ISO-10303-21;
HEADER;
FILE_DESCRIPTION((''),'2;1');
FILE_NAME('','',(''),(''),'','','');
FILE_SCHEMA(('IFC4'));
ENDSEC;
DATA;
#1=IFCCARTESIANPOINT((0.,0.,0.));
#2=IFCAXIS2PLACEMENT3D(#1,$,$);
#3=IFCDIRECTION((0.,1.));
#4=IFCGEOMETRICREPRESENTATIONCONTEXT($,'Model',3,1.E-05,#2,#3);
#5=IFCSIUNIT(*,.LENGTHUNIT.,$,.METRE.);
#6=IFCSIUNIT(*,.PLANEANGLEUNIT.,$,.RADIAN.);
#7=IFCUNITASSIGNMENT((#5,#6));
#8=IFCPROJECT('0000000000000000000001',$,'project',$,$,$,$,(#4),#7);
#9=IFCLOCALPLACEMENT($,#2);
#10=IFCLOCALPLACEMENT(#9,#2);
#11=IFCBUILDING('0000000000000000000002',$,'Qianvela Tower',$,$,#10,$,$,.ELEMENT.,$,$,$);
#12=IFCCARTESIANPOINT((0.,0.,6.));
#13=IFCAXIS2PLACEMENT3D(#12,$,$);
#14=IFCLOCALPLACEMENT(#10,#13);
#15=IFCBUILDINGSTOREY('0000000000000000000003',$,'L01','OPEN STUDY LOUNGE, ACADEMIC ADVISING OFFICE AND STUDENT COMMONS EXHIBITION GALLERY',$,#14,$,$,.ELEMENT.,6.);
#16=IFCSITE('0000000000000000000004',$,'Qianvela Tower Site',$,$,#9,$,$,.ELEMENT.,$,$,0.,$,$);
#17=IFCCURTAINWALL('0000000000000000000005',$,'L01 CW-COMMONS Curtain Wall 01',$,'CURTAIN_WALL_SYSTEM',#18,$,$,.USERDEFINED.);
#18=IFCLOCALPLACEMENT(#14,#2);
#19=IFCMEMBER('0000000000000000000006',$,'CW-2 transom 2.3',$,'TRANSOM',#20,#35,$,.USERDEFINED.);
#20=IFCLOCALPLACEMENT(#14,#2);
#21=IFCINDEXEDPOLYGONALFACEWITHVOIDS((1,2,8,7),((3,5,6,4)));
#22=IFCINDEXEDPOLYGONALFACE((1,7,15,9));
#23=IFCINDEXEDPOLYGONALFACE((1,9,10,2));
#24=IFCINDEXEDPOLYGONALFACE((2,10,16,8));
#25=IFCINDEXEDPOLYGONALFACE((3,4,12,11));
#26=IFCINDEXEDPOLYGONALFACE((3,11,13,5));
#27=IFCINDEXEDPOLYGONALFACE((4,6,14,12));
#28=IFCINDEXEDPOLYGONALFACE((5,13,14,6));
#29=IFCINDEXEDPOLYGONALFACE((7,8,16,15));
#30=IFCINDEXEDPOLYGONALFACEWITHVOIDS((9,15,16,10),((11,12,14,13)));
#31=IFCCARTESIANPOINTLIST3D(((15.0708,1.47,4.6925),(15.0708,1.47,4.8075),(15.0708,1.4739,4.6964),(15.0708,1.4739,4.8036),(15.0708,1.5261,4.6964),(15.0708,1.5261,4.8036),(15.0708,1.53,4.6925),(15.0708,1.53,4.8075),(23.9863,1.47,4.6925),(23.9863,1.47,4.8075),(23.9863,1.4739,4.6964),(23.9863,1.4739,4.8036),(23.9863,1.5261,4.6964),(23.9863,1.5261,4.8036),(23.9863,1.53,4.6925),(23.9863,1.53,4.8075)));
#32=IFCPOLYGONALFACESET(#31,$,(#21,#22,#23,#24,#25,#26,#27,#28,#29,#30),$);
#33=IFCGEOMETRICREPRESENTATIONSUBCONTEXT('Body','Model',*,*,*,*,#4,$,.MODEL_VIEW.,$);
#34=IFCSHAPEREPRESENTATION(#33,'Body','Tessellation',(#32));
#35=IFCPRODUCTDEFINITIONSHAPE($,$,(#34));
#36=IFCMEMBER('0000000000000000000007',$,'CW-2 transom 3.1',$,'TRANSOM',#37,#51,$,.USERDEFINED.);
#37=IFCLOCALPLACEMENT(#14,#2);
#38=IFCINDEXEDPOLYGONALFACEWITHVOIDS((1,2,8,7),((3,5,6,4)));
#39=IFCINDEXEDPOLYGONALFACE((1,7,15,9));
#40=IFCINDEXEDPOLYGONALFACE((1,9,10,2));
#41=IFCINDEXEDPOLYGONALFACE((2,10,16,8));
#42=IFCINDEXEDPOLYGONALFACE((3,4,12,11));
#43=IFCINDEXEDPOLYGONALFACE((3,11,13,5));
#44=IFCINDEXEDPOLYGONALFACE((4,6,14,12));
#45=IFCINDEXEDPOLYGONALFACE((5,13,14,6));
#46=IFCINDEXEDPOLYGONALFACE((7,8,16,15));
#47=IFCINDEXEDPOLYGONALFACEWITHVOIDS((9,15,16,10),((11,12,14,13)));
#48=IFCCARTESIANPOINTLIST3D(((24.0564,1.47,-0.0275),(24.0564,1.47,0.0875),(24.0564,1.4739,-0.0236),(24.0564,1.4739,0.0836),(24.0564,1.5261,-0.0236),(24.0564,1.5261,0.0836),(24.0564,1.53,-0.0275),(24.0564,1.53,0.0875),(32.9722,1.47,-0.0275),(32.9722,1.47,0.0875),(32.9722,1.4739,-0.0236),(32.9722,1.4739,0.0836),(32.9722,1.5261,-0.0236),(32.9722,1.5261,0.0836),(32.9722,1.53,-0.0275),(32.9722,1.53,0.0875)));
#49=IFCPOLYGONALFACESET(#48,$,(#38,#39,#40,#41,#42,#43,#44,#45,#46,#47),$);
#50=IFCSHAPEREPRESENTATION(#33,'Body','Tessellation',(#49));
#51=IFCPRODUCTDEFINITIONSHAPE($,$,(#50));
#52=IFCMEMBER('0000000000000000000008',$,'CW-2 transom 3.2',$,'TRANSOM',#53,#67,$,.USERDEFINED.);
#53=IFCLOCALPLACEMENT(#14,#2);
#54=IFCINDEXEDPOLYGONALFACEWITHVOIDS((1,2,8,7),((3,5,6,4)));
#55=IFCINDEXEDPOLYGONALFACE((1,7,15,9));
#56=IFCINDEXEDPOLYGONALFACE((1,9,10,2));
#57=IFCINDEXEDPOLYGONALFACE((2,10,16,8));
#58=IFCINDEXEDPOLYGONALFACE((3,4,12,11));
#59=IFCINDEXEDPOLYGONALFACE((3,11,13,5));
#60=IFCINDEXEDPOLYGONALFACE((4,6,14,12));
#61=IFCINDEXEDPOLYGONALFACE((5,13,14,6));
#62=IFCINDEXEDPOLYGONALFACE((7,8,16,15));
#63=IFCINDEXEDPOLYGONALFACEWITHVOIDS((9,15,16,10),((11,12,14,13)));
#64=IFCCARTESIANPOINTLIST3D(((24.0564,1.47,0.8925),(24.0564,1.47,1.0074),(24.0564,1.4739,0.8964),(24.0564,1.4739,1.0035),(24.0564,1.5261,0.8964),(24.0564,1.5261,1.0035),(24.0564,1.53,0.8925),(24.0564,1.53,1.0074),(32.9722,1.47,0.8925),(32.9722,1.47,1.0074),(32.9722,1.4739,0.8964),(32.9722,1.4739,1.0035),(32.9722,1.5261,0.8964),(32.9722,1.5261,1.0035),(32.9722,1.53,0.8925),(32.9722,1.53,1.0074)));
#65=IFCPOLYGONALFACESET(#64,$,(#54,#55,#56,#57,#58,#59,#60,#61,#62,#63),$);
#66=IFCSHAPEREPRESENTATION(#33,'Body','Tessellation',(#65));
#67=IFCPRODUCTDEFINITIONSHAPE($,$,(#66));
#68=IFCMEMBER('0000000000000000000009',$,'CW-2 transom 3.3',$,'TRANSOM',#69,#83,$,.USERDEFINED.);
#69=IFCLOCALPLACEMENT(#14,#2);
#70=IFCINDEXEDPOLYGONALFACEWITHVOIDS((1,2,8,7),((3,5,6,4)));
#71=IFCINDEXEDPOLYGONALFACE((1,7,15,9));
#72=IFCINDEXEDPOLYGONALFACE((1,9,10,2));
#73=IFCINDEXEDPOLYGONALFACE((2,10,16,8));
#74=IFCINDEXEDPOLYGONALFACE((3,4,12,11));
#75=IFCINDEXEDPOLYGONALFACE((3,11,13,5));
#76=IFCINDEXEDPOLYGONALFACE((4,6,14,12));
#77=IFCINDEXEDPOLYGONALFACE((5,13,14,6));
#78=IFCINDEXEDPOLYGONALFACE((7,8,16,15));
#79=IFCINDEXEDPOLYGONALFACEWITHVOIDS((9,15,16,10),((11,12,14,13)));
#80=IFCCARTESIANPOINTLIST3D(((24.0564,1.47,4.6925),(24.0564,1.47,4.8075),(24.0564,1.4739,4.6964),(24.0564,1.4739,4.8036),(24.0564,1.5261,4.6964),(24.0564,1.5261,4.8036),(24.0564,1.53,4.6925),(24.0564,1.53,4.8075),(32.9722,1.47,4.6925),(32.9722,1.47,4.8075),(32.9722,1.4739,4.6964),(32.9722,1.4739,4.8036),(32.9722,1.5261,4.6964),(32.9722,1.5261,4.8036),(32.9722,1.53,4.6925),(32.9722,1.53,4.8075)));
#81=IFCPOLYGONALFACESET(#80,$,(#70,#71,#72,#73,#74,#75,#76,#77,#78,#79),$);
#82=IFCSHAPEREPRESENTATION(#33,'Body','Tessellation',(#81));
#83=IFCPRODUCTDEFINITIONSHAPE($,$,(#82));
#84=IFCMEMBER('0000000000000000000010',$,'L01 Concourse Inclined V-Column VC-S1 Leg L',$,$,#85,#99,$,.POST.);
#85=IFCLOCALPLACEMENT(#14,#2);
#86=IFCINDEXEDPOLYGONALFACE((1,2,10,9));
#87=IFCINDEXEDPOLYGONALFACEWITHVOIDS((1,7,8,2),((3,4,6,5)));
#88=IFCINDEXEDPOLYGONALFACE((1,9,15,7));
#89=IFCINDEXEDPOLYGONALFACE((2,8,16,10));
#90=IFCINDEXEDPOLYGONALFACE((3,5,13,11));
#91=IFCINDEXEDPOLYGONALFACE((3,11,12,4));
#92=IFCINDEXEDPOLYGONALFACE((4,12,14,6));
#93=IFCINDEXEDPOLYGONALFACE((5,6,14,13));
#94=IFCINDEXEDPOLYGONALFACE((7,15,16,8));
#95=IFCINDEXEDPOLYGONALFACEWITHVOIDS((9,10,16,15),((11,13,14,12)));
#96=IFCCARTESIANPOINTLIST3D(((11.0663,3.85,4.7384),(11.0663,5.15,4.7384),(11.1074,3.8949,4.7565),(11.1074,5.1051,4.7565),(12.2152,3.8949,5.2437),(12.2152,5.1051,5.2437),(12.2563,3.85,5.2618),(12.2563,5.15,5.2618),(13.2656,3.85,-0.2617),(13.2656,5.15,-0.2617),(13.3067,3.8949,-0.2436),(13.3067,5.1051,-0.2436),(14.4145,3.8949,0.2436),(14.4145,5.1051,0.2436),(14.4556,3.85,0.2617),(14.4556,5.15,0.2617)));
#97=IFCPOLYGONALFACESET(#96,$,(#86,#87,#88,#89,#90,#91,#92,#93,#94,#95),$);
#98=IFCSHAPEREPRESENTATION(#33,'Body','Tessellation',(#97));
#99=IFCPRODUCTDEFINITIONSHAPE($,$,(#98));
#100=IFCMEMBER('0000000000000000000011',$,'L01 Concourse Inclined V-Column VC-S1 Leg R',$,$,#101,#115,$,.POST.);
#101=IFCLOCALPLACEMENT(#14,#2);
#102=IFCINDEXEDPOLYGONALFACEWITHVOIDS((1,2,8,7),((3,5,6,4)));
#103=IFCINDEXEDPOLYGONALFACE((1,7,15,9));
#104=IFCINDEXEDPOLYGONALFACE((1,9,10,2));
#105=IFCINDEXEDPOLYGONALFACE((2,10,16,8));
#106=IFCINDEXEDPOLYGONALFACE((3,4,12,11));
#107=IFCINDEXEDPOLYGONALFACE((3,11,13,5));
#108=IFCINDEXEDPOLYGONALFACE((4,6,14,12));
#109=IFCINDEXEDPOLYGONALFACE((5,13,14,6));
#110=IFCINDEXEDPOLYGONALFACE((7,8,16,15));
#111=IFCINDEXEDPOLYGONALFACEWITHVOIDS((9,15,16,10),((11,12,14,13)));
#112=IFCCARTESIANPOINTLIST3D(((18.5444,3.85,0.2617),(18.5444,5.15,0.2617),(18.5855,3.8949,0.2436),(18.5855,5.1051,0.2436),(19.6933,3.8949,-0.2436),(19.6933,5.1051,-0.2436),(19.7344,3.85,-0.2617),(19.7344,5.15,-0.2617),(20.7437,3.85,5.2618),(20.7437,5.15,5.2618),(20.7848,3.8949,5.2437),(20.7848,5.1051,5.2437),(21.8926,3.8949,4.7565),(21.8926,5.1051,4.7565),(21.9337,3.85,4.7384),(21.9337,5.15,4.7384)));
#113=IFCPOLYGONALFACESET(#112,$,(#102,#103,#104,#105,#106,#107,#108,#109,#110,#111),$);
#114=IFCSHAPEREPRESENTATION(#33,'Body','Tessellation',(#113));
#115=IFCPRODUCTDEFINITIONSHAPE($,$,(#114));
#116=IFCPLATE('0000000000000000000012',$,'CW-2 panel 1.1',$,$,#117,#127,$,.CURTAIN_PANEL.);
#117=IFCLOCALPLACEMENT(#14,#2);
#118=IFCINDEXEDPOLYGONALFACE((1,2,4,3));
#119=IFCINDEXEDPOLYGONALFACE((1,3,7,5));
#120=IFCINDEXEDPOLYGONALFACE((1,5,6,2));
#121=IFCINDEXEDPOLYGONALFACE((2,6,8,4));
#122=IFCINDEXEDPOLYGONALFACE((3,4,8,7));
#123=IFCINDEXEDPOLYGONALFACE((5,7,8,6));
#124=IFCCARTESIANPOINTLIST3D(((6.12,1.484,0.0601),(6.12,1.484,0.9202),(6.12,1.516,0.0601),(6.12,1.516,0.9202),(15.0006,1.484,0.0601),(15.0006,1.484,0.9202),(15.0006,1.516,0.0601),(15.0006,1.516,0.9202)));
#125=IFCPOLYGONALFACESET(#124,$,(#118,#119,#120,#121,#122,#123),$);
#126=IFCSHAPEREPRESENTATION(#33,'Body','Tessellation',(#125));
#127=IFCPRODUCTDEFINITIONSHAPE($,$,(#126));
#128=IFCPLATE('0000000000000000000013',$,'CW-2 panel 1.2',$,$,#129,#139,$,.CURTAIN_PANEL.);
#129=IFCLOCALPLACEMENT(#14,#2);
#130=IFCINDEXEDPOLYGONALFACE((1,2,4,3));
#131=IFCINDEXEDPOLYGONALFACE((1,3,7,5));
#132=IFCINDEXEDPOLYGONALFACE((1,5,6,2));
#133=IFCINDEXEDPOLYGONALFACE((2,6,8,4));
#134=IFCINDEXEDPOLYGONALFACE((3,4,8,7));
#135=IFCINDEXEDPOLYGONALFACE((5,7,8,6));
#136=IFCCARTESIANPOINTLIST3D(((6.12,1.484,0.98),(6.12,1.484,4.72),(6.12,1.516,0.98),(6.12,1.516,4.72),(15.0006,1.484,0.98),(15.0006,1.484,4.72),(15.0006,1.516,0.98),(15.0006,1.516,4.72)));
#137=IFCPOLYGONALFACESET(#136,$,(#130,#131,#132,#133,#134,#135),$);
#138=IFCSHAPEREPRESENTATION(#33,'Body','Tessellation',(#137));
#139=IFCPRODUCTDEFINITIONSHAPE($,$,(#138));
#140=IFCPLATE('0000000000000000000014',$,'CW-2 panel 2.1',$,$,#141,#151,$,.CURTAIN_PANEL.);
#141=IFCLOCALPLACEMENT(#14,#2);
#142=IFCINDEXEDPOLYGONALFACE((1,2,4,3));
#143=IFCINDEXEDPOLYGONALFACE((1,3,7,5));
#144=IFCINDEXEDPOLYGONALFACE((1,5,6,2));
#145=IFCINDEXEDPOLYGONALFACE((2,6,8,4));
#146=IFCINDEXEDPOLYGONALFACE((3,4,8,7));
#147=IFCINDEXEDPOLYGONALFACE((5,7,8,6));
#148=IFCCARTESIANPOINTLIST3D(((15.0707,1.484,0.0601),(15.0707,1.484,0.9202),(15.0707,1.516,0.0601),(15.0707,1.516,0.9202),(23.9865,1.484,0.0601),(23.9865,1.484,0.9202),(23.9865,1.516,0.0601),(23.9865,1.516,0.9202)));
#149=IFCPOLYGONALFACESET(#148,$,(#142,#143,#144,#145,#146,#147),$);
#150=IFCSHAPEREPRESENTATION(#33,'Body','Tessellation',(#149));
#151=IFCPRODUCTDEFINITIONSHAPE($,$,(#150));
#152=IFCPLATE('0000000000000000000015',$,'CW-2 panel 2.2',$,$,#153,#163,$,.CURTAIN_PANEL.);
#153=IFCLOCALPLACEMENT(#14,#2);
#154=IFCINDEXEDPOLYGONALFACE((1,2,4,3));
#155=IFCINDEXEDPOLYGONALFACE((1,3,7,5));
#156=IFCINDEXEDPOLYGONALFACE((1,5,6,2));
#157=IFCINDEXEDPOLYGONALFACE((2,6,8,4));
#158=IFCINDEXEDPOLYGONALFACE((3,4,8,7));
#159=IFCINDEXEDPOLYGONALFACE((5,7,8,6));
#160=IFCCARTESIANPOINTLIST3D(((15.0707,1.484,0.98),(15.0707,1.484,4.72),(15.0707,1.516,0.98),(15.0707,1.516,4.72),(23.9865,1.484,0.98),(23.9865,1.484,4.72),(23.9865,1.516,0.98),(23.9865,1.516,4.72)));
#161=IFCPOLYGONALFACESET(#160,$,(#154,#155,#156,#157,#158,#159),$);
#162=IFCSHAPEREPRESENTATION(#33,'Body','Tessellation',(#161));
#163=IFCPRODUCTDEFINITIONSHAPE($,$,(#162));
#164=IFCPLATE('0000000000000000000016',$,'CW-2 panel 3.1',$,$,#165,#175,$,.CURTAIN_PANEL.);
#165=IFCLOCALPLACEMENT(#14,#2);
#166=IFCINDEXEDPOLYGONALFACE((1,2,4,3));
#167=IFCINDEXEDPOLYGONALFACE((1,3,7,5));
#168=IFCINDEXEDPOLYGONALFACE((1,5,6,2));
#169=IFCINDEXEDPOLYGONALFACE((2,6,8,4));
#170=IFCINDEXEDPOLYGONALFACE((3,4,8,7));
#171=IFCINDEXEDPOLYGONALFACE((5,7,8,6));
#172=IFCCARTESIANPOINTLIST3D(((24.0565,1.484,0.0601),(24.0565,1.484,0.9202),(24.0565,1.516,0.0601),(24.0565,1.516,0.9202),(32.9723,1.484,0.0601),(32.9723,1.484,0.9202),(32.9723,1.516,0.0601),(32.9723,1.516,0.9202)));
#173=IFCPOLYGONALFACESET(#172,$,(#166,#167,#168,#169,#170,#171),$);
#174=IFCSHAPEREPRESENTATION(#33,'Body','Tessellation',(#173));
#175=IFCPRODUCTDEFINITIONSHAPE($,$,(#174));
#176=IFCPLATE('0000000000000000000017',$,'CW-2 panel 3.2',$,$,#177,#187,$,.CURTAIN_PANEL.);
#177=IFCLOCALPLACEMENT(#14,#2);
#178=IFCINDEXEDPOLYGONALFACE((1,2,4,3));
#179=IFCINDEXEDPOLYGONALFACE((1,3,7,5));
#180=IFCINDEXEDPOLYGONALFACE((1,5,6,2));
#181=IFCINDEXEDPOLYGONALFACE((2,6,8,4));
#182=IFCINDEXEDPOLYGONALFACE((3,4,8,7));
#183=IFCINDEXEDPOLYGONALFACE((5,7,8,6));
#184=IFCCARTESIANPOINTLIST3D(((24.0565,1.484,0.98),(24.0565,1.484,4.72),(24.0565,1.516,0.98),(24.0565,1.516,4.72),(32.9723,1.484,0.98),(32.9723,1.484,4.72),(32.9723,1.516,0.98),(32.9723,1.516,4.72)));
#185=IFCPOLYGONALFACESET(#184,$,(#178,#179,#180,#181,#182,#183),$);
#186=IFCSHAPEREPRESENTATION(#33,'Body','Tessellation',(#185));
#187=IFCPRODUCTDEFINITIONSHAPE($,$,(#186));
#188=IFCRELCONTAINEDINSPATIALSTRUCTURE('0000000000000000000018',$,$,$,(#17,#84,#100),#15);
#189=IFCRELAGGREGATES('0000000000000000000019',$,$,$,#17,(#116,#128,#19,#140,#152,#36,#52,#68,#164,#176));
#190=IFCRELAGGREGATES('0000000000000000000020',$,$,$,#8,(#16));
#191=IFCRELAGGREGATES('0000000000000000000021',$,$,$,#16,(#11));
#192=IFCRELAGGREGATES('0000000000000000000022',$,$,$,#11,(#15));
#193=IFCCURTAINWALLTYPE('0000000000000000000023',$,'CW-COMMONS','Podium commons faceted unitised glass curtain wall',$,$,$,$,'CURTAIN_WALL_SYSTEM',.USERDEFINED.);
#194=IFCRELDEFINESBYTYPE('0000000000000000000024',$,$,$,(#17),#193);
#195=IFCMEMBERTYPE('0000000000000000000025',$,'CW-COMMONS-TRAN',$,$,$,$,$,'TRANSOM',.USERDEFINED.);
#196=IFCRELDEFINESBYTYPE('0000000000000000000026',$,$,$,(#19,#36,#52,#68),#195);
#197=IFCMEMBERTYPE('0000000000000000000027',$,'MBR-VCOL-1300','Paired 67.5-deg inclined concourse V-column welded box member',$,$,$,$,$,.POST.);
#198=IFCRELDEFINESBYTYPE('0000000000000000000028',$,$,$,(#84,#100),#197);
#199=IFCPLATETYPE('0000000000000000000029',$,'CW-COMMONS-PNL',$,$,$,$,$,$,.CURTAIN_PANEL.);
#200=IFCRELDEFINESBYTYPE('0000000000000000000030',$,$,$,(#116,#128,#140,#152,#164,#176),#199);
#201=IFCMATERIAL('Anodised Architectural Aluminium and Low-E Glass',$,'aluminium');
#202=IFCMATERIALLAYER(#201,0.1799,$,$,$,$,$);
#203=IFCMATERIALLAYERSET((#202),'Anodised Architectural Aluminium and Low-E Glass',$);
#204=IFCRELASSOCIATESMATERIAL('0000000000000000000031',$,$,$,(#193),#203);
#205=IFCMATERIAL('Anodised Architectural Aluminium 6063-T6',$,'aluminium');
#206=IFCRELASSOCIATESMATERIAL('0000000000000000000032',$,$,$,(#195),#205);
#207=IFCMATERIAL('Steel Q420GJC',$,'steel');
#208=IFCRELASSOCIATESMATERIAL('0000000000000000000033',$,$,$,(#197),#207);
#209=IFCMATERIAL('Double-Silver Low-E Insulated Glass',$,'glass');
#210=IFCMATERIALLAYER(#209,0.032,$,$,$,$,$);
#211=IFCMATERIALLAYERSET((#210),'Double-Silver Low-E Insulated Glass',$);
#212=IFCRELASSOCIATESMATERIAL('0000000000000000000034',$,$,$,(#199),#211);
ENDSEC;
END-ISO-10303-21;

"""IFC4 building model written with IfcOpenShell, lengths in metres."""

from ifc_helpers import new_model, si_unit, direction, frame, origin, origin_2d, place, context, subcontext, project, spatial, rectangle, hollow_rectangle, extrude, material, layer, layer_set, material_profile, profile_set, type_object, element, aggregate, save


model = new_model("IFC4")

# Units and contexts
model_context = context("Model", 3, precision=1e-05, world=origin(), true_north=direction((0.0, 1.0)))
body_context = subcontext(model_context, "Body", "Model", "MODEL_VIEW")
ifc_project = project(units=[si_unit("LENGTHUNIT", "METRE"), si_unit("PLANEANGLEUNIT", "RADIAN")], contexts=[model_context])

# Site, building, storey
site_placement = place(None, origin())
site = spatial("IfcSite", under=ifc_project, at=site_placement, Name="Qianvela Tower Site", CompositionType="ELEMENT", RefElevation=0.0)
building_placement = place(site_placement, origin())
building = spatial("IfcBuilding", under=site, at=building_placement, Name="Qianvela Tower", CompositionType="ELEMENT")
storey_placement = place(building_placement, frame((0.0, 0.0, 6.0)))
storey = spatial("IfcBuildingStorey", under=building, at=storey_placement, Name="L01", Description="OPEN STUDY LOUNGE, ACADEMIC ADVISING OFFICE AND STUDENT COMMONS EXHIBITION GALLERY", CompositionType="ELEMENT", Elevation=6.0)

# Curtain wall, members
ifc_material_1 = material(Name="Anodised Architectural Aluminium and Low-E Glass", Category="aluminium")
ifc_layer_1 = layer(ifc_material_1, 0.1799)
ifc_layer_set_1 = layer_set([ifc_layer_1], Name="Anodised Architectural Aluminium and Low-E Glass")
curtain_wall_type = type_object("IfcCurtainWallType", Name="CW-COMMONS", Description="Podium commons faceted unitised glass curtain wall", ElementType="CURTAIN_WALL_SYSTEM", PredefinedType="USERDEFINED", material=ifc_layer_set_1)
curtain_wall_placement = place(storey_placement, origin())
curtain_wall = element("IfcCurtainWall", 1, at=curtain_wall_placement, inside=storey, type_object=curtain_wall_type, Name="L01 CW-COMMONS Curtain Wall 01", ObjectType="CURTAIN_WALL_SYSTEM", PredefinedType="USERDEFINED")
ifc_material_2 = material(Name="Anodised Architectural Aluminium 6063-T6", Category="aluminium")
ifc_material_profile_1 = material_profile(ifc_material_2, hollow_rectangle(XDim=0.0601, YDim=0.115, WallThickness=0.0039, at=origin_2d()), Name="ALU-TRAN-60x115")
ifc_profile_set_1 = profile_set([ifc_material_profile_1], Name="Anodised Architectural Aluminium 6063-T6")
member_type_1 = type_object("IfcMemberType", Name="CW-COMMONS-TRAN", ElementType="TRANSOM", PredefinedType="USERDEFINED", material=ifc_profile_set_1)
member_1_placement = place(storey_placement, frame((15.0708, 1.5, 4.75), z_axis=(1.0, 0.0, 0.0), x_axis=(0.0, 1.0, 0.0)))
member_1 = element("IfcMember", 2, at=member_1_placement, type_object=member_type_1, Name="CW-2 transom 2.3", ObjectType="TRANSOM", PredefinedType="USERDEFINED", context=body_context, shape_type="SweptSolid", body=[
    extrude(hollow_rectangle(XDim=0.0601, YDim=0.115, WallThickness=0.0039, at=origin_2d()), origin(), (0.0, 0.0, 1.0), 8.9155),
])
member_2_placement = place(storey_placement, frame((24.0564, 1.5, 0.03), z_axis=(1.0, 0.0, 0.0), x_axis=(0.0, 1.0, 0.0)))
member_2 = element("IfcMember", 3, at=member_2_placement, type_object=member_type_1, Name="CW-2 transom 3.1", ObjectType="TRANSOM", PredefinedType="USERDEFINED", context=body_context, shape_type="SweptSolid", body=[
    extrude(hollow_rectangle(XDim=0.0601, YDim=0.115, WallThickness=0.0039, at=origin_2d()), origin(), (0.0, 0.0, 1.0), 8.9158),
])
member_3_placement = place(storey_placement, frame((24.0564, 1.5, 0.95), z_axis=(1.0, 0.0, 0.0), x_axis=(0.0, 1.0, 0.0)))
member_3 = element("IfcMember", 4, at=member_3_placement, type_object=member_type_1, Name="CW-2 transom 3.2", ObjectType="TRANSOM", PredefinedType="USERDEFINED", context=body_context, shape_type="SweptSolid", body=[
    extrude(hollow_rectangle(XDim=0.0601, YDim=0.115, WallThickness=0.0039, at=origin_2d()), origin(), (0.0, 0.0, 1.0), 8.9158),
])
member_4_placement = place(storey_placement, frame((24.0564, 1.5, 4.75), z_axis=(1.0, 0.0, 0.0), x_axis=(0.0, 1.0, 0.0)))
member_4 = element("IfcMember", 5, at=member_4_placement, type_object=member_type_1, Name="CW-2 transom 3.3", ObjectType="TRANSOM", PredefinedType="USERDEFINED", context=body_context, shape_type="SweptSolid", body=[
    extrude(hollow_rectangle(XDim=0.0601, YDim=0.115, WallThickness=0.0039, at=origin_2d()), origin(), (0.0, 0.0, 1.0), 8.9158),
])

# Members
ifc_material_3 = material(Name="Steel Q420GJC", Category="steel")
ifc_material_profile_2 = material_profile(ifc_material_3, hollow_rectangle(XDim=1.3, YDim=1.3, WallThickness=0.0449, at=origin_2d()), Name="VBOX-1300x1300x45")
ifc_profile_set_2 = profile_set([ifc_material_profile_2], Name="Steel Q420GJC")
member_type_2 = type_object("IfcMemberType", Name="MBR-VCOL-1300", Description="Paired 67.5-deg inclined concourse V-column welded box member", PredefinedType="POST", material=ifc_profile_set_2)
for number, where, z_axis, x_axis, name in (
    (6, (13.8606, 4.5, 0.0), (-0.402619, 0.0, 0.915368), (0.0, -1.0, 0.0), "L01 Concourse Inclined V-Column VC-S1 Leg L"),
    (7, (19.1394, 4.5, 0.0), (0.402619, 0.0, 0.915368), (0.0, 1.0, 0.0), "L01 Concourse Inclined V-Column VC-S1 Leg R"),
):
    element("IfcMember", number, at=place(storey_placement, frame(where, z_axis=z_axis, x_axis=x_axis)), inside=storey, type_object=member_type_2, Name=name, PredefinedType="POST", context=body_context, shape_type="SweptSolid", body=[
        extrude(hollow_rectangle(XDim=1.3, YDim=1.3, WallThickness=0.0449, at=origin_2d()), origin(), (0.0, 0.0, 1.0), 5.4624),
    ])

# Plates
ifc_material_4 = material(Name="Double-Silver Low-E Insulated Glass", Category="glass")
ifc_layer_2 = layer(ifc_material_4, 0.032)
ifc_layer_set_2 = layer_set([ifc_layer_2], Name="Double-Silver Low-E Insulated Glass")
plate_type = type_object("IfcPlateType", Name="CW-COMMONS-PNL", PredefinedType="CURTAIN_PANEL", material=ifc_layer_set_2)
plate_1_placement = place(storey_placement, frame((10.5603, 1.5, 0.0601), z_axis=(0.0, 0.0, 1.0), x_axis=(1.0, 0.0, 0.0)))
plate_1 = element("IfcPlate", 8, at=plate_1_placement, type_object=plate_type, Name="CW-2 panel 1.1", PredefinedType="CURTAIN_PANEL", context=body_context, shape_type="SweptSolid", body=[
    extrude(rectangle(XDim=8.8806, YDim=0.032, at=origin_2d()), origin(), (0.0, 0.0, 1.0), 0.8601),
])
plate_2_placement = place(storey_placement, frame((10.5603, 1.5, 0.98), z_axis=(0.0, 0.0, 1.0), x_axis=(1.0, 0.0, 0.0)))
plate_2 = element("IfcPlate", 9, at=plate_2_placement, type_object=plate_type, Name="CW-2 panel 1.2", PredefinedType="CURTAIN_PANEL", context=body_context, shape_type="SweptSolid", body=[
    extrude(rectangle(XDim=8.8806, YDim=0.032, at=origin_2d()), origin(), (0.0, 0.0, 1.0), 3.74),
])
plate_3_placement = place(storey_placement, frame((19.5286, 1.5, 0.0601), z_axis=(0.0, 0.0, 1.0), x_axis=(1.0, 0.0, 0.0)))
plate_3 = element("IfcPlate", 10, at=plate_3_placement, type_object=plate_type, Name="CW-2 panel 2.1", PredefinedType="CURTAIN_PANEL", context=body_context, shape_type="SweptSolid", body=[
    extrude(rectangle(XDim=8.9158, YDim=0.032, at=origin_2d()), origin(), (0.0, 0.0, 1.0), 0.8601),
])
plate_4_placement = place(storey_placement, frame((19.5286, 1.5, 0.98), z_axis=(0.0, 0.0, 1.0), x_axis=(1.0, 0.0, 0.0)))
plate_4 = element("IfcPlate", 11, at=plate_4_placement, type_object=plate_type, Name="CW-2 panel 2.2", PredefinedType="CURTAIN_PANEL", context=body_context, shape_type="SweptSolid", body=[
    extrude(rectangle(XDim=8.9158, YDim=0.032, at=origin_2d()), origin(), (0.0, 0.0, 1.0), 3.74),
])
plate_5_placement = place(storey_placement, frame((28.5144, 1.5, 0.0601), z_axis=(0.0, 0.0, 1.0), x_axis=(1.0, 0.0, 0.0)))
plate_5 = element("IfcPlate", 12, at=plate_5_placement, type_object=plate_type, Name="CW-2 panel 3.1", PredefinedType="CURTAIN_PANEL", context=body_context, shape_type="SweptSolid", body=[
    extrude(rectangle(XDim=8.9158, YDim=0.032, at=origin_2d()), origin(), (0.0, 0.0, 1.0), 0.8601),
])
plate_6_placement = place(storey_placement, frame((28.5144, 1.5, 0.98), z_axis=(0.0, 0.0, 1.0), x_axis=(1.0, 0.0, 0.0)))
plate_6 = element("IfcPlate", 13, at=plate_6_placement, type_object=plate_type, Name="CW-2 panel 3.2", PredefinedType="CURTAIN_PANEL", context=body_context, shape_type="SweptSolid", body=[
    extrude(rectangle(XDim=8.9158, YDim=0.032, at=origin_2d()), origin(), (0.0, 0.0, 1.0), 3.74),
])
aggregate(curtain_wall, [plate_1, plate_2, member_1, plate_3, plate_4, member_2, member_3, member_4, plate_5, plate_6])

save(model, "model.ifc")
